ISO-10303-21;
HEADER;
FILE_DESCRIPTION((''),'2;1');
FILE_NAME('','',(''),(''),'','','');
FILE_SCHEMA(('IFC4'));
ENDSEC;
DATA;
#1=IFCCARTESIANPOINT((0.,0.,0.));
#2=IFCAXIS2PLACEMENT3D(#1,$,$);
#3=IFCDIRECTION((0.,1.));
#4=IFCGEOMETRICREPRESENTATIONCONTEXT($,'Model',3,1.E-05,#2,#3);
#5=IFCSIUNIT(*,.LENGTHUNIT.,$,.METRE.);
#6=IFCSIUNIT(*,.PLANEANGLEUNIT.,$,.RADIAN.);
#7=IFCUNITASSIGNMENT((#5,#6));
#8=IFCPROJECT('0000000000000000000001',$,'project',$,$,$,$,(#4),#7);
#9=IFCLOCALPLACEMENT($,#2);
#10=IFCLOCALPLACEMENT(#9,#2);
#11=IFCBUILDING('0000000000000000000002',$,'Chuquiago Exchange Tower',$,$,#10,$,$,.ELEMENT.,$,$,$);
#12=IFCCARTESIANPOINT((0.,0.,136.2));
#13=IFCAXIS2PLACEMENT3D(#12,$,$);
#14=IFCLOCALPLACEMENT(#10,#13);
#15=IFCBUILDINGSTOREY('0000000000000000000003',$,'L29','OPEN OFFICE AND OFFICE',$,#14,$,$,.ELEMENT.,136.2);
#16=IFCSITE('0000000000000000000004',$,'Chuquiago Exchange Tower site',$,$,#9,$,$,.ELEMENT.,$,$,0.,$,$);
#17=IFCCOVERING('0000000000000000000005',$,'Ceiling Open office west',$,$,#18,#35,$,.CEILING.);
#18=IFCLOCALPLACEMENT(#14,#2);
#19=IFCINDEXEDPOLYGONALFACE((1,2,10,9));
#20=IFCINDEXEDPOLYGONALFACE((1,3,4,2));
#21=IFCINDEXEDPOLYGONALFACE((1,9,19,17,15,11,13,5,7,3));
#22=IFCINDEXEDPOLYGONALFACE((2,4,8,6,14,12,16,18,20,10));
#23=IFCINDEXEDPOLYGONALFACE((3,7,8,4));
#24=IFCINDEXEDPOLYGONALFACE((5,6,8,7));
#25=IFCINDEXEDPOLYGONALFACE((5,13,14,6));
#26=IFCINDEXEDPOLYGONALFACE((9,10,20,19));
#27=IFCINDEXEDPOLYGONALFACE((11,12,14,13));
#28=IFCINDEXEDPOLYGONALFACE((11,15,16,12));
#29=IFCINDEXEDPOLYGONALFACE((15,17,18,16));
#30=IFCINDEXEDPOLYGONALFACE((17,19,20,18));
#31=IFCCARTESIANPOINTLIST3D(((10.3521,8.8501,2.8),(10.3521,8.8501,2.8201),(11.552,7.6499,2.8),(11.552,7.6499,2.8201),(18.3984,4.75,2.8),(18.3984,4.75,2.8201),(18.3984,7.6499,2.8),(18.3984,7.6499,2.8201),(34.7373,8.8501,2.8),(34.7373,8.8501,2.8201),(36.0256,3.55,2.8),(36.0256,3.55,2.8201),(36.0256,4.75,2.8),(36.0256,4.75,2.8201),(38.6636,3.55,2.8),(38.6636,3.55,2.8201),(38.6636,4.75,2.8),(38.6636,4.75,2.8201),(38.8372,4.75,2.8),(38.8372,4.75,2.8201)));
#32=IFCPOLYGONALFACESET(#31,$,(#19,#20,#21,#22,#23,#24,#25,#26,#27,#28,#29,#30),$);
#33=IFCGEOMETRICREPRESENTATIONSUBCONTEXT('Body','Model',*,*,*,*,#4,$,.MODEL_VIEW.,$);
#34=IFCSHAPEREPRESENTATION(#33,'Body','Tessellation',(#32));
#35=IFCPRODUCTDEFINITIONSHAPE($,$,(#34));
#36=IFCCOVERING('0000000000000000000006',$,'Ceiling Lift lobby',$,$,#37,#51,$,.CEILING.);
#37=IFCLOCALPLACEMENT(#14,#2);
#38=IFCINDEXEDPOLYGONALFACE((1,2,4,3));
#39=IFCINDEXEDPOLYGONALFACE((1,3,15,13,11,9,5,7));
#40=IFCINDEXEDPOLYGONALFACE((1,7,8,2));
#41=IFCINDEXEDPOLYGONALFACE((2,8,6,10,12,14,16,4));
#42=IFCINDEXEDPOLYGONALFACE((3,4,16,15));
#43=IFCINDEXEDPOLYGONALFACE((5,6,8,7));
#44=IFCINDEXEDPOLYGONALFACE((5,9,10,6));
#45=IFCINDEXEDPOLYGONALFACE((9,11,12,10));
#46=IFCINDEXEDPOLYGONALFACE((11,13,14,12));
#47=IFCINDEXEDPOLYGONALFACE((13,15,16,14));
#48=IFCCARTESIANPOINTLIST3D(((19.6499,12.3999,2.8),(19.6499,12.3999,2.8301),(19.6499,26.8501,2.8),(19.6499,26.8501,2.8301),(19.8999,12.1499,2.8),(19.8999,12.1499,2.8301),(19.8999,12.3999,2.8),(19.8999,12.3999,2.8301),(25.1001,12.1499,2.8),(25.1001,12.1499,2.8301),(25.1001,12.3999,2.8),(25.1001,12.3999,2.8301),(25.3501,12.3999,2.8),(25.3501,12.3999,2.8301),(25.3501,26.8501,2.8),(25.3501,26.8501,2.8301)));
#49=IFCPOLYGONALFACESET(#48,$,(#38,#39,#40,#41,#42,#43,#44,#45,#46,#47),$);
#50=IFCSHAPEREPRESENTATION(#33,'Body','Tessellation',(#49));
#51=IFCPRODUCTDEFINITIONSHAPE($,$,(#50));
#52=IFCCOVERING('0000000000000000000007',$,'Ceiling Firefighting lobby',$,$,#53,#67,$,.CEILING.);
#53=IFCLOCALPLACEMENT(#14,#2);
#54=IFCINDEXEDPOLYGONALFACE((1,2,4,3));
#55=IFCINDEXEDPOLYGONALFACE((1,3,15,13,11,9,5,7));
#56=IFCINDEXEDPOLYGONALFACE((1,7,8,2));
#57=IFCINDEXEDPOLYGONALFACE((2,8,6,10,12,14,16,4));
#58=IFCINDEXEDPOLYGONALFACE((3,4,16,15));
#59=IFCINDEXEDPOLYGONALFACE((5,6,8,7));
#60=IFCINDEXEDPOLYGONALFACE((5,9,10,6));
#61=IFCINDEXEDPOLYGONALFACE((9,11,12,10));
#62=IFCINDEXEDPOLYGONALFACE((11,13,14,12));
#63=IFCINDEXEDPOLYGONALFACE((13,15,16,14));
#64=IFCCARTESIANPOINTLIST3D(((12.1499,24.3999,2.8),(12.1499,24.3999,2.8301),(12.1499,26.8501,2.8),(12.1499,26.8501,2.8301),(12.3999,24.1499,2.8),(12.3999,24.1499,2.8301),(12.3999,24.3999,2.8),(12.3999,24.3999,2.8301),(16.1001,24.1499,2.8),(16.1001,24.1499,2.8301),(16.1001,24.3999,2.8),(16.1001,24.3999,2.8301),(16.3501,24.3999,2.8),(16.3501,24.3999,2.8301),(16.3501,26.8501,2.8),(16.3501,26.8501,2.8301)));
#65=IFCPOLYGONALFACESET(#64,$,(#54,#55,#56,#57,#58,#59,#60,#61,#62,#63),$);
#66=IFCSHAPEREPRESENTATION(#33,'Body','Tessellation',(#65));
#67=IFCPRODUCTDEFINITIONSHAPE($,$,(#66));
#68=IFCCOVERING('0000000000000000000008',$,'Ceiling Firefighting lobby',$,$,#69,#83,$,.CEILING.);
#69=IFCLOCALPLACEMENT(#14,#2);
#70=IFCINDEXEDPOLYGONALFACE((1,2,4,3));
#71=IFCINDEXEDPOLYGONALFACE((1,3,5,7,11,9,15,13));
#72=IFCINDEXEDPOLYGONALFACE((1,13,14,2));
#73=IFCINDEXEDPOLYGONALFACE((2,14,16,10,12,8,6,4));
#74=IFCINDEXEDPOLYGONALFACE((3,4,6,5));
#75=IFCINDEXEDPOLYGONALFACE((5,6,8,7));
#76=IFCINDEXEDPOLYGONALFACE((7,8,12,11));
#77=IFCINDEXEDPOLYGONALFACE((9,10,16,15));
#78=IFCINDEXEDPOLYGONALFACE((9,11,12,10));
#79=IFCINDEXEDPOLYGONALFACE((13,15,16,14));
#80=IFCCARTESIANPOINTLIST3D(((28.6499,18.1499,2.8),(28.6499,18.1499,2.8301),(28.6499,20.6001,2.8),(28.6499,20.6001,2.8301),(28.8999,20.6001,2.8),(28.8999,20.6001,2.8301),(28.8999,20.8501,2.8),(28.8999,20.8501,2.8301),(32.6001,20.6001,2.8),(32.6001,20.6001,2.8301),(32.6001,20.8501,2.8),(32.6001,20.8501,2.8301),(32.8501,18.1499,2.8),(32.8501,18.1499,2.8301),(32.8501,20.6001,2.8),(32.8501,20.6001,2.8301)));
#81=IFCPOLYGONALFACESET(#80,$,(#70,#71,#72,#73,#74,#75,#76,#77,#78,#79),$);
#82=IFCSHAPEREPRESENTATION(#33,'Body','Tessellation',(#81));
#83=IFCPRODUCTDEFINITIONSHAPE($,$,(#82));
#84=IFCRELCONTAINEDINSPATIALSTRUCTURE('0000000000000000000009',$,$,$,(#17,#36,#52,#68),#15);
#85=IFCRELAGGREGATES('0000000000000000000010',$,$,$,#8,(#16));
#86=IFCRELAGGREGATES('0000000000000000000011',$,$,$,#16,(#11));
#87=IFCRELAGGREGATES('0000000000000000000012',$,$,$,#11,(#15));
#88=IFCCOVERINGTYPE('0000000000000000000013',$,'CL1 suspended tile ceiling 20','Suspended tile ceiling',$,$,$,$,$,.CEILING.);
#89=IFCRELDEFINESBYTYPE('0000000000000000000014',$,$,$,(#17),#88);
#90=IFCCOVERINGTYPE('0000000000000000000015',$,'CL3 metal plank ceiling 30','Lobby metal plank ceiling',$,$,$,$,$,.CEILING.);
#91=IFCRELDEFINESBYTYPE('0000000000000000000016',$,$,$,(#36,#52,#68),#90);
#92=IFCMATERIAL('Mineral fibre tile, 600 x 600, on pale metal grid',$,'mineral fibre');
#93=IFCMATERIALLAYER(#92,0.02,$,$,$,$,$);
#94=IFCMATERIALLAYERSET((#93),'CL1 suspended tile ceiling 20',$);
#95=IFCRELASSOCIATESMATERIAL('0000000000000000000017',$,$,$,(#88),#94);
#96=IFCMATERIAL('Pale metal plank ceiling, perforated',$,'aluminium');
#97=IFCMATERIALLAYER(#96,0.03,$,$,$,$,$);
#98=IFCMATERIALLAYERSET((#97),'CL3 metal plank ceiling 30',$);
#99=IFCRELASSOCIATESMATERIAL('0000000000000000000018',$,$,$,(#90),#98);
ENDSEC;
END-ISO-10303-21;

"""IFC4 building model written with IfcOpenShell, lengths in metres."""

from ifc_helpers import new_model, si_unit, direction, frame, origin, place, context, subcontext, project, spatial, polyline, outline, extrude, material, layer, layer_set, type_object, element, save


model = new_model("IFC4")

# Units and contexts
model_context = context("Model", 3, precision=1e-05, world=origin(), true_north=direction((0.0, 1.0)))
body_context = subcontext(model_context, "Body", "Model", "MODEL_VIEW")
ifc_project = project(units=[si_unit("LENGTHUNIT", "METRE"), si_unit("PLANEANGLEUNIT", "RADIAN")], contexts=[model_context])

# Site, building, storey
site_placement = place(None, origin())
site = spatial("IfcSite", under=ifc_project, at=site_placement, Name="Chuquiago Exchange Tower site", CompositionType="ELEMENT", RefElevation=0.0)
building_placement = place(site_placement, origin())
building = spatial("IfcBuilding", under=site, at=building_placement, Name="Chuquiago Exchange Tower", CompositionType="ELEMENT")
storey_placement = place(building_placement, frame((0.0, 0.0, 136.2)))
storey = spatial("IfcBuildingStorey", under=building, at=storey_placement, Name="L29", Description="OPEN OFFICE AND OFFICE", CompositionType="ELEMENT", Elevation=136.2)

# Coverings
ifc_material_1 = material(Name="Mineral fibre tile, 600 x 600, on pale metal grid", Category="mineral fibre")
ifc_layer_1 = layer(ifc_material_1, 0.02)
ifc_layer_set_1 = layer_set([ifc_layer_1], Name="CL1 suspended tile ceiling 20")
covering_type_1 = type_object("IfcCoveringType", Name="CL1 suspended tile ceiling 20", Description="Suspended tile ceiling", PredefinedType="CEILING", material=ifc_layer_set_1)
covering_1_placement = place(storey_placement, frame((0.0, 0.0, 2.8)))
element("IfcCovering", 1, at=covering_1_placement, inside=storey, type_object=covering_type_1, Name="Ceiling Open office west", PredefinedType="CEILING", context=body_context, shape_type="SweptSolid", body=[
    extrude(outline(polyline([(34.7373, 8.8501), (38.8372, 4.75), (38.6636, 4.75), (38.6636, 3.55), (36.0256, 3.55), (36.0256, 4.75), (18.3984, 4.75), (18.3984, 7.6499), (11.552, 7.6499), (10.3521, 8.8501), (34.7373, 8.8501)])), origin(), (0.0, 0.0, 1.0), 0.02),
])
ifc_material_2 = material(Name="Pale metal plank ceiling, perforated", Category="aluminium")
ifc_layer_2 = layer(ifc_material_2, 0.03)
ifc_layer_set_2 = layer_set([ifc_layer_2], Name="CL3 metal plank ceiling 30")
covering_type_2 = type_object("IfcCoveringType", Name="CL3 metal plank ceiling 30", Description="Lobby metal plank ceiling", PredefinedType="CEILING", material=ifc_layer_set_2)
covering_2_placement = place(storey_placement, frame((0.0, 0.0, 2.8)))
element("IfcCovering", 2, at=covering_2_placement, inside=storey, type_object=covering_type_2, Name="Ceiling Lift lobby", PredefinedType="CEILING", context=body_context, shape_type="SweptSolid", body=[
    extrude(outline(polyline([(19.8999, 12.1499), (19.8999, 12.3999), (19.6499, 12.3999), (19.6499, 26.8501), (25.3501, 26.8501), (25.3501, 12.3999), (25.1001, 12.3999), (25.1001, 12.1499), (19.8999, 12.1499)])), origin(), (0.0, 0.0, 1.0), 0.03),
])
covering_3_placement = place(storey_placement, frame((0.0, 0.0, 2.8)))
element("IfcCovering", 3, at=covering_3_placement, inside=storey, type_object=covering_type_2, Name="Ceiling Firefighting lobby", PredefinedType="CEILING", context=body_context, shape_type="SweptSolid", body=[
    extrude(outline(polyline([(12.3999, 24.1499), (12.3999, 24.3999), (12.1499, 24.3999), (12.1499, 26.8501), (16.3501, 26.8501), (16.3501, 24.3999), (16.1001, 24.3999), (16.1001, 24.1499), (12.3999, 24.1499)])), origin(), (0.0, 0.0, 1.0), 0.03),
])
covering_4_placement = place(storey_placement, frame((0.0, 0.0, 2.8)))
element("IfcCovering", 4, at=covering_4_placement, inside=storey, type_object=covering_type_2, Name="Ceiling Firefighting lobby", PredefinedType="CEILING", context=body_context, shape_type="SweptSolid", body=[
    extrude(outline(polyline([(28.6499, 18.1499), (28.6499, 20.6001), (28.8999, 20.6001), (28.8999, 20.8501), (32.6001, 20.8501), (32.6001, 20.6001), (32.8501, 20.6001), (32.8501, 18.1499), (28.6499, 18.1499)])), origin(), (0.0, 0.0, 1.0), 0.03),
])

save(model, "model.ifc")
